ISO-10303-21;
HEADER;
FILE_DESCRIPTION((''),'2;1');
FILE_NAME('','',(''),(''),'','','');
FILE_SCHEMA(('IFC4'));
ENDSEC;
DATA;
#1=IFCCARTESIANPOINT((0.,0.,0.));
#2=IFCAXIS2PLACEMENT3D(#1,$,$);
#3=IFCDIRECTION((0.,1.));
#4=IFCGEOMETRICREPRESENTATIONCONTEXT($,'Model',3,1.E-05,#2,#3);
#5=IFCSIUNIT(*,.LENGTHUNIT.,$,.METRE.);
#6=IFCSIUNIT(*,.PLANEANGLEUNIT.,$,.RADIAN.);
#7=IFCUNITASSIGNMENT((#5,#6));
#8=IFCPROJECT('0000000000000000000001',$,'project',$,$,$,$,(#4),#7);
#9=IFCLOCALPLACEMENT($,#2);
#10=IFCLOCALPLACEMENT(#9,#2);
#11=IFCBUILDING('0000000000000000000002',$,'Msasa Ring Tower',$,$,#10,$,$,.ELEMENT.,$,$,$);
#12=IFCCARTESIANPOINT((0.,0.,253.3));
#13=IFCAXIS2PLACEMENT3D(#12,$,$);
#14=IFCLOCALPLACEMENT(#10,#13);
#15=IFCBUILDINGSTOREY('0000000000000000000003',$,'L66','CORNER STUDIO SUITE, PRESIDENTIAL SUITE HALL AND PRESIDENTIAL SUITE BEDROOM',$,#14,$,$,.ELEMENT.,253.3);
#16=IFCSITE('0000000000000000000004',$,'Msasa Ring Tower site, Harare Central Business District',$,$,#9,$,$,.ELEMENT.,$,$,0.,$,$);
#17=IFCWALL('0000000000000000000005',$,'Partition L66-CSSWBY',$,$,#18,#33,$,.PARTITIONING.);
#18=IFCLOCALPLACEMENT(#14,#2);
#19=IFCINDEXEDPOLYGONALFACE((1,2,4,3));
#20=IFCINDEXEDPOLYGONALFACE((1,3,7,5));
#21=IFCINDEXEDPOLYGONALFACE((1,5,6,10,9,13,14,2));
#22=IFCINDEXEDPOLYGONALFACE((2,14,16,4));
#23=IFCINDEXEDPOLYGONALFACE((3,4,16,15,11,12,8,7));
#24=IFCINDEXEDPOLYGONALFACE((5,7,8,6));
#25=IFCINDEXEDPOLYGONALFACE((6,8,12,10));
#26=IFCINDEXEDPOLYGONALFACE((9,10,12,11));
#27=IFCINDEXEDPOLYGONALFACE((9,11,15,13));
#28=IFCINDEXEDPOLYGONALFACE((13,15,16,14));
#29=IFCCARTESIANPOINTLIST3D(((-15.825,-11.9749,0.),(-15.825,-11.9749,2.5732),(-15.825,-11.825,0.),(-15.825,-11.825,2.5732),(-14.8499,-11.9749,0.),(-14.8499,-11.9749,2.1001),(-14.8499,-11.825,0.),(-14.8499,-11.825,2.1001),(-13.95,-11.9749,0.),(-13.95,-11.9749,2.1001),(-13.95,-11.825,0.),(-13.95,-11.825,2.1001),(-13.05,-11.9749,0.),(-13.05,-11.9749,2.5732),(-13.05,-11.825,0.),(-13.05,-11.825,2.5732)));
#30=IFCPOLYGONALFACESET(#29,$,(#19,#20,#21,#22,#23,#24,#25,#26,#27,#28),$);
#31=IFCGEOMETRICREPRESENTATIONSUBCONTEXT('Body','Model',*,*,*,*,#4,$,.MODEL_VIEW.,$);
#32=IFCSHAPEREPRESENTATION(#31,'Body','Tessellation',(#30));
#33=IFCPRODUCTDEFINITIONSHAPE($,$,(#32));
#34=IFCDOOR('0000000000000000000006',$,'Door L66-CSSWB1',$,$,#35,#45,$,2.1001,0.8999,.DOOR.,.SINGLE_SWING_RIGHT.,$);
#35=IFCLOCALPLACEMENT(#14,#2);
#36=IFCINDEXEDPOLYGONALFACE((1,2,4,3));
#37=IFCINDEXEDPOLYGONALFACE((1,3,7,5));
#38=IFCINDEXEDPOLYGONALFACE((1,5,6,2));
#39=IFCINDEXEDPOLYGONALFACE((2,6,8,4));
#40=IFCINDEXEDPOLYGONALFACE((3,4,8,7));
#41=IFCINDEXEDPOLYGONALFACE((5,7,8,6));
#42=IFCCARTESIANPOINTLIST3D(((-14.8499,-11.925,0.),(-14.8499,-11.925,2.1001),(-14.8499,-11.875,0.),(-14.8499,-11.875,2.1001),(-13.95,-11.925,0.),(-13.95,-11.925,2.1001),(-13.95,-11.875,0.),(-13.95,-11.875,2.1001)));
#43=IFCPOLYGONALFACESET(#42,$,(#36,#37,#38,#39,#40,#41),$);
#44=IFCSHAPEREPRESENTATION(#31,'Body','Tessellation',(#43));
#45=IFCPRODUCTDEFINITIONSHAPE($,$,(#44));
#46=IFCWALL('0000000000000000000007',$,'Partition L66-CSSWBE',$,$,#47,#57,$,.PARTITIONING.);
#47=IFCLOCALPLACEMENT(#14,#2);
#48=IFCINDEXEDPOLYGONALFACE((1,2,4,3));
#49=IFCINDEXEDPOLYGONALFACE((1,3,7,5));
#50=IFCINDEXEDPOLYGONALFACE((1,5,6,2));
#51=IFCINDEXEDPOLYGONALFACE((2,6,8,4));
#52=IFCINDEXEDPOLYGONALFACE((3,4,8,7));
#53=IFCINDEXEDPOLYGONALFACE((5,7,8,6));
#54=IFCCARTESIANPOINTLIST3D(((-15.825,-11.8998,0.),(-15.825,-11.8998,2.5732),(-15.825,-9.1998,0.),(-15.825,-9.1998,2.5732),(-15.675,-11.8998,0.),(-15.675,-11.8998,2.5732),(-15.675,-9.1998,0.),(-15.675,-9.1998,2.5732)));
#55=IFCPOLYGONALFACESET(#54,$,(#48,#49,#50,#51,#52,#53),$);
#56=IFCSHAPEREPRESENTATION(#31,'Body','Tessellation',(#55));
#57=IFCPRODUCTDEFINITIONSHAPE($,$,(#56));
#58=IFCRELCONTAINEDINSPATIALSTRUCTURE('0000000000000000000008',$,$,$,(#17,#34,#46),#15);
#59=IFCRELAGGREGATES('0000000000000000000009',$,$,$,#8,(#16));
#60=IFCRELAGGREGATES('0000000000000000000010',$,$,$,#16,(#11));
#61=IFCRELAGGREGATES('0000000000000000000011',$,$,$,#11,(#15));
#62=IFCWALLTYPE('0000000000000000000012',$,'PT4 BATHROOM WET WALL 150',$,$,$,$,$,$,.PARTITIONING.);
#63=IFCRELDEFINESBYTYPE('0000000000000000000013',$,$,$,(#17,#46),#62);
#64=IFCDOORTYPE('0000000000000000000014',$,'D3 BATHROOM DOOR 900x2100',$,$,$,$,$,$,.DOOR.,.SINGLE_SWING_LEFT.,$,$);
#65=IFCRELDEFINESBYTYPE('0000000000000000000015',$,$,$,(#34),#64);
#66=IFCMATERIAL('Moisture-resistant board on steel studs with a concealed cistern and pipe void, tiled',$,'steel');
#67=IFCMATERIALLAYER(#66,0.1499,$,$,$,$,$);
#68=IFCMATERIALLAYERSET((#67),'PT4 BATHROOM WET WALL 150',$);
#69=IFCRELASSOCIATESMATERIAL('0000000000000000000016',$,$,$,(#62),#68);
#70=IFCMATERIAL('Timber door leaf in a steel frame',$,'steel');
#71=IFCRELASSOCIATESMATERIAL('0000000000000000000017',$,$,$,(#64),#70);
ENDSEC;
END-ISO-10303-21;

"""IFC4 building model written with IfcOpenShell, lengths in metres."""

from ifc_helpers import new_model, si_unit, direction, frame, frame_2d, origin, place, context, subcontext, project, spatial, rectangle, extrude, material, layer, layer_set, type_object, element, fill, save


model = new_model("IFC4")

# Units and contexts
model_context = context("Model", 3, precision=1e-05, world=origin(), true_north=direction((0.0, 1.0)))
body_context = subcontext(model_context, "Body", "Model", "MODEL_VIEW")
ifc_project = project(units=[si_unit("LENGTHUNIT", "METRE"), si_unit("PLANEANGLEUNIT", "RADIAN")], contexts=[model_context])

# Site, building, storey
site_placement = place(None, origin())
site = spatial("IfcSite", under=ifc_project, at=site_placement, Name="Msasa Ring Tower site, Harare Central Business District", CompositionType="ELEMENT", RefElevation=0.0)
building_placement = place(site_placement, origin())
building = spatial("IfcBuilding", under=site, at=building_placement, Name="Msasa Ring Tower", CompositionType="ELEMENT")
storey_placement = place(building_placement, frame((0.0, 0.0, 253.3)))
storey = spatial("IfcBuildingStorey", under=building, at=storey_placement, Name="L66", Description="CORNER STUDIO SUITE, PRESIDENTIAL SUITE HALL AND PRESIDENTIAL SUITE BEDROOM", CompositionType="ELEMENT", Elevation=253.3)

# Wall, opening, door
ifc_material_1 = material(Name="Moisture-resistant board on steel studs with a concealed cistern and pipe void, tiled", Category="steel")
ifc_layer_1 = layer(ifc_material_1, 0.1499)
ifc_layer_set_1 = layer_set([ifc_layer_1], Name="PT4 BATHROOM WET WALL 150")
wall_type_1 = type_object("IfcWallType", Name="PT4 BATHROOM WET WALL 150", PredefinedType="PARTITIONING", material=ifc_layer_set_1)
wall_1_placement = place(storey_placement, frame((-15.825, -11.8999, 0.0), z_axis=(0.0, 0.0, 1.0), x_axis=(1.0, 0.0, 0.0)))
wall_1 = element("IfcWall", 1, at=wall_1_placement, inside=storey, type_object=wall_type_1, Name="Partition L66-CSSWBY", PredefinedType="PARTITIONING", context=body_context, shape_type="SweptSolid", body=[
    extrude(rectangle(XDim=2.7749, YDim=0.1499, at=frame_2d((1.3875, 0.0))), origin(), (0.0, 0.0, 1.0), 2.5732),
])
opening_1_placement = place(wall_1_placement, frame((0.9751, 0.0, 0.0)))
opening_1 = element("IfcOpeningElement", 2, at=opening_1_placement, cuts=wall_1, PredefinedType="OPENING", context=body_context, shape_type="SweptSolid", body=[
    extrude(rectangle(XDim=0.8999, YDim=2.1001, at=frame_2d((0.45, 1.05))), frame((0.0, 0.085, 0.0), z_axis=(0.0, -1.0, 0.0), x_axis=(1.0, 0.0, 0.0)), (0.0, 0.0, 1.0), 0.1699),
])
ifc_material_2 = material(Name="Timber door leaf in a steel frame", Category="steel")
door_type_1 = type_object("IfcDoorType", Name="D3 BATHROOM DOOR 900x2100", OperationType="SINGLE_SWING_LEFT", PredefinedType="DOOR", material=ifc_material_2)
door_1_placement = place(opening_1_placement, origin())
door_1 = element("IfcDoor", 3, at=door_1_placement, inside=storey, type_object=door_type_1, Name="Door L66-CSSWB1", OperationType="SINGLE_SWING_RIGHT", OverallHeight=2.1001, OverallWidth=0.8999, PredefinedType="DOOR", context=body_context, shape_type="SweptSolid", body=[
    extrude(rectangle(XDim=0.8999, YDim=2.1001, at=frame_2d((0.45, 1.05))), frame((0.0, 0.0249, 0.0), z_axis=(0.0, -1.0, 0.0), x_axis=(1.0, 0.0, 0.0)), (0.0, 0.0, 1.0), 0.05),
])
fill(opening_1, door_1)

# Wall
wall_2_placement = place(storey_placement, frame((-15.75, -11.8999, 0.0), z_axis=(0.0, 0.0, 1.0), x_axis=(0.0, 1.0, 0.0)))
element("IfcWall", 4, at=wall_2_placement, inside=storey, type_object=wall_type_1, Name="Partition L66-CSSWBE", PredefinedType="PARTITIONING", context=body_context, shape_type="SweptSolid", body=[
    extrude(rectangle(XDim=2.7, YDim=0.1499, at=frame_2d((1.3501, 0.0))), origin(), (0.0, 0.0, 1.0), 2.5732),
])

save(model, "model.ifc")
